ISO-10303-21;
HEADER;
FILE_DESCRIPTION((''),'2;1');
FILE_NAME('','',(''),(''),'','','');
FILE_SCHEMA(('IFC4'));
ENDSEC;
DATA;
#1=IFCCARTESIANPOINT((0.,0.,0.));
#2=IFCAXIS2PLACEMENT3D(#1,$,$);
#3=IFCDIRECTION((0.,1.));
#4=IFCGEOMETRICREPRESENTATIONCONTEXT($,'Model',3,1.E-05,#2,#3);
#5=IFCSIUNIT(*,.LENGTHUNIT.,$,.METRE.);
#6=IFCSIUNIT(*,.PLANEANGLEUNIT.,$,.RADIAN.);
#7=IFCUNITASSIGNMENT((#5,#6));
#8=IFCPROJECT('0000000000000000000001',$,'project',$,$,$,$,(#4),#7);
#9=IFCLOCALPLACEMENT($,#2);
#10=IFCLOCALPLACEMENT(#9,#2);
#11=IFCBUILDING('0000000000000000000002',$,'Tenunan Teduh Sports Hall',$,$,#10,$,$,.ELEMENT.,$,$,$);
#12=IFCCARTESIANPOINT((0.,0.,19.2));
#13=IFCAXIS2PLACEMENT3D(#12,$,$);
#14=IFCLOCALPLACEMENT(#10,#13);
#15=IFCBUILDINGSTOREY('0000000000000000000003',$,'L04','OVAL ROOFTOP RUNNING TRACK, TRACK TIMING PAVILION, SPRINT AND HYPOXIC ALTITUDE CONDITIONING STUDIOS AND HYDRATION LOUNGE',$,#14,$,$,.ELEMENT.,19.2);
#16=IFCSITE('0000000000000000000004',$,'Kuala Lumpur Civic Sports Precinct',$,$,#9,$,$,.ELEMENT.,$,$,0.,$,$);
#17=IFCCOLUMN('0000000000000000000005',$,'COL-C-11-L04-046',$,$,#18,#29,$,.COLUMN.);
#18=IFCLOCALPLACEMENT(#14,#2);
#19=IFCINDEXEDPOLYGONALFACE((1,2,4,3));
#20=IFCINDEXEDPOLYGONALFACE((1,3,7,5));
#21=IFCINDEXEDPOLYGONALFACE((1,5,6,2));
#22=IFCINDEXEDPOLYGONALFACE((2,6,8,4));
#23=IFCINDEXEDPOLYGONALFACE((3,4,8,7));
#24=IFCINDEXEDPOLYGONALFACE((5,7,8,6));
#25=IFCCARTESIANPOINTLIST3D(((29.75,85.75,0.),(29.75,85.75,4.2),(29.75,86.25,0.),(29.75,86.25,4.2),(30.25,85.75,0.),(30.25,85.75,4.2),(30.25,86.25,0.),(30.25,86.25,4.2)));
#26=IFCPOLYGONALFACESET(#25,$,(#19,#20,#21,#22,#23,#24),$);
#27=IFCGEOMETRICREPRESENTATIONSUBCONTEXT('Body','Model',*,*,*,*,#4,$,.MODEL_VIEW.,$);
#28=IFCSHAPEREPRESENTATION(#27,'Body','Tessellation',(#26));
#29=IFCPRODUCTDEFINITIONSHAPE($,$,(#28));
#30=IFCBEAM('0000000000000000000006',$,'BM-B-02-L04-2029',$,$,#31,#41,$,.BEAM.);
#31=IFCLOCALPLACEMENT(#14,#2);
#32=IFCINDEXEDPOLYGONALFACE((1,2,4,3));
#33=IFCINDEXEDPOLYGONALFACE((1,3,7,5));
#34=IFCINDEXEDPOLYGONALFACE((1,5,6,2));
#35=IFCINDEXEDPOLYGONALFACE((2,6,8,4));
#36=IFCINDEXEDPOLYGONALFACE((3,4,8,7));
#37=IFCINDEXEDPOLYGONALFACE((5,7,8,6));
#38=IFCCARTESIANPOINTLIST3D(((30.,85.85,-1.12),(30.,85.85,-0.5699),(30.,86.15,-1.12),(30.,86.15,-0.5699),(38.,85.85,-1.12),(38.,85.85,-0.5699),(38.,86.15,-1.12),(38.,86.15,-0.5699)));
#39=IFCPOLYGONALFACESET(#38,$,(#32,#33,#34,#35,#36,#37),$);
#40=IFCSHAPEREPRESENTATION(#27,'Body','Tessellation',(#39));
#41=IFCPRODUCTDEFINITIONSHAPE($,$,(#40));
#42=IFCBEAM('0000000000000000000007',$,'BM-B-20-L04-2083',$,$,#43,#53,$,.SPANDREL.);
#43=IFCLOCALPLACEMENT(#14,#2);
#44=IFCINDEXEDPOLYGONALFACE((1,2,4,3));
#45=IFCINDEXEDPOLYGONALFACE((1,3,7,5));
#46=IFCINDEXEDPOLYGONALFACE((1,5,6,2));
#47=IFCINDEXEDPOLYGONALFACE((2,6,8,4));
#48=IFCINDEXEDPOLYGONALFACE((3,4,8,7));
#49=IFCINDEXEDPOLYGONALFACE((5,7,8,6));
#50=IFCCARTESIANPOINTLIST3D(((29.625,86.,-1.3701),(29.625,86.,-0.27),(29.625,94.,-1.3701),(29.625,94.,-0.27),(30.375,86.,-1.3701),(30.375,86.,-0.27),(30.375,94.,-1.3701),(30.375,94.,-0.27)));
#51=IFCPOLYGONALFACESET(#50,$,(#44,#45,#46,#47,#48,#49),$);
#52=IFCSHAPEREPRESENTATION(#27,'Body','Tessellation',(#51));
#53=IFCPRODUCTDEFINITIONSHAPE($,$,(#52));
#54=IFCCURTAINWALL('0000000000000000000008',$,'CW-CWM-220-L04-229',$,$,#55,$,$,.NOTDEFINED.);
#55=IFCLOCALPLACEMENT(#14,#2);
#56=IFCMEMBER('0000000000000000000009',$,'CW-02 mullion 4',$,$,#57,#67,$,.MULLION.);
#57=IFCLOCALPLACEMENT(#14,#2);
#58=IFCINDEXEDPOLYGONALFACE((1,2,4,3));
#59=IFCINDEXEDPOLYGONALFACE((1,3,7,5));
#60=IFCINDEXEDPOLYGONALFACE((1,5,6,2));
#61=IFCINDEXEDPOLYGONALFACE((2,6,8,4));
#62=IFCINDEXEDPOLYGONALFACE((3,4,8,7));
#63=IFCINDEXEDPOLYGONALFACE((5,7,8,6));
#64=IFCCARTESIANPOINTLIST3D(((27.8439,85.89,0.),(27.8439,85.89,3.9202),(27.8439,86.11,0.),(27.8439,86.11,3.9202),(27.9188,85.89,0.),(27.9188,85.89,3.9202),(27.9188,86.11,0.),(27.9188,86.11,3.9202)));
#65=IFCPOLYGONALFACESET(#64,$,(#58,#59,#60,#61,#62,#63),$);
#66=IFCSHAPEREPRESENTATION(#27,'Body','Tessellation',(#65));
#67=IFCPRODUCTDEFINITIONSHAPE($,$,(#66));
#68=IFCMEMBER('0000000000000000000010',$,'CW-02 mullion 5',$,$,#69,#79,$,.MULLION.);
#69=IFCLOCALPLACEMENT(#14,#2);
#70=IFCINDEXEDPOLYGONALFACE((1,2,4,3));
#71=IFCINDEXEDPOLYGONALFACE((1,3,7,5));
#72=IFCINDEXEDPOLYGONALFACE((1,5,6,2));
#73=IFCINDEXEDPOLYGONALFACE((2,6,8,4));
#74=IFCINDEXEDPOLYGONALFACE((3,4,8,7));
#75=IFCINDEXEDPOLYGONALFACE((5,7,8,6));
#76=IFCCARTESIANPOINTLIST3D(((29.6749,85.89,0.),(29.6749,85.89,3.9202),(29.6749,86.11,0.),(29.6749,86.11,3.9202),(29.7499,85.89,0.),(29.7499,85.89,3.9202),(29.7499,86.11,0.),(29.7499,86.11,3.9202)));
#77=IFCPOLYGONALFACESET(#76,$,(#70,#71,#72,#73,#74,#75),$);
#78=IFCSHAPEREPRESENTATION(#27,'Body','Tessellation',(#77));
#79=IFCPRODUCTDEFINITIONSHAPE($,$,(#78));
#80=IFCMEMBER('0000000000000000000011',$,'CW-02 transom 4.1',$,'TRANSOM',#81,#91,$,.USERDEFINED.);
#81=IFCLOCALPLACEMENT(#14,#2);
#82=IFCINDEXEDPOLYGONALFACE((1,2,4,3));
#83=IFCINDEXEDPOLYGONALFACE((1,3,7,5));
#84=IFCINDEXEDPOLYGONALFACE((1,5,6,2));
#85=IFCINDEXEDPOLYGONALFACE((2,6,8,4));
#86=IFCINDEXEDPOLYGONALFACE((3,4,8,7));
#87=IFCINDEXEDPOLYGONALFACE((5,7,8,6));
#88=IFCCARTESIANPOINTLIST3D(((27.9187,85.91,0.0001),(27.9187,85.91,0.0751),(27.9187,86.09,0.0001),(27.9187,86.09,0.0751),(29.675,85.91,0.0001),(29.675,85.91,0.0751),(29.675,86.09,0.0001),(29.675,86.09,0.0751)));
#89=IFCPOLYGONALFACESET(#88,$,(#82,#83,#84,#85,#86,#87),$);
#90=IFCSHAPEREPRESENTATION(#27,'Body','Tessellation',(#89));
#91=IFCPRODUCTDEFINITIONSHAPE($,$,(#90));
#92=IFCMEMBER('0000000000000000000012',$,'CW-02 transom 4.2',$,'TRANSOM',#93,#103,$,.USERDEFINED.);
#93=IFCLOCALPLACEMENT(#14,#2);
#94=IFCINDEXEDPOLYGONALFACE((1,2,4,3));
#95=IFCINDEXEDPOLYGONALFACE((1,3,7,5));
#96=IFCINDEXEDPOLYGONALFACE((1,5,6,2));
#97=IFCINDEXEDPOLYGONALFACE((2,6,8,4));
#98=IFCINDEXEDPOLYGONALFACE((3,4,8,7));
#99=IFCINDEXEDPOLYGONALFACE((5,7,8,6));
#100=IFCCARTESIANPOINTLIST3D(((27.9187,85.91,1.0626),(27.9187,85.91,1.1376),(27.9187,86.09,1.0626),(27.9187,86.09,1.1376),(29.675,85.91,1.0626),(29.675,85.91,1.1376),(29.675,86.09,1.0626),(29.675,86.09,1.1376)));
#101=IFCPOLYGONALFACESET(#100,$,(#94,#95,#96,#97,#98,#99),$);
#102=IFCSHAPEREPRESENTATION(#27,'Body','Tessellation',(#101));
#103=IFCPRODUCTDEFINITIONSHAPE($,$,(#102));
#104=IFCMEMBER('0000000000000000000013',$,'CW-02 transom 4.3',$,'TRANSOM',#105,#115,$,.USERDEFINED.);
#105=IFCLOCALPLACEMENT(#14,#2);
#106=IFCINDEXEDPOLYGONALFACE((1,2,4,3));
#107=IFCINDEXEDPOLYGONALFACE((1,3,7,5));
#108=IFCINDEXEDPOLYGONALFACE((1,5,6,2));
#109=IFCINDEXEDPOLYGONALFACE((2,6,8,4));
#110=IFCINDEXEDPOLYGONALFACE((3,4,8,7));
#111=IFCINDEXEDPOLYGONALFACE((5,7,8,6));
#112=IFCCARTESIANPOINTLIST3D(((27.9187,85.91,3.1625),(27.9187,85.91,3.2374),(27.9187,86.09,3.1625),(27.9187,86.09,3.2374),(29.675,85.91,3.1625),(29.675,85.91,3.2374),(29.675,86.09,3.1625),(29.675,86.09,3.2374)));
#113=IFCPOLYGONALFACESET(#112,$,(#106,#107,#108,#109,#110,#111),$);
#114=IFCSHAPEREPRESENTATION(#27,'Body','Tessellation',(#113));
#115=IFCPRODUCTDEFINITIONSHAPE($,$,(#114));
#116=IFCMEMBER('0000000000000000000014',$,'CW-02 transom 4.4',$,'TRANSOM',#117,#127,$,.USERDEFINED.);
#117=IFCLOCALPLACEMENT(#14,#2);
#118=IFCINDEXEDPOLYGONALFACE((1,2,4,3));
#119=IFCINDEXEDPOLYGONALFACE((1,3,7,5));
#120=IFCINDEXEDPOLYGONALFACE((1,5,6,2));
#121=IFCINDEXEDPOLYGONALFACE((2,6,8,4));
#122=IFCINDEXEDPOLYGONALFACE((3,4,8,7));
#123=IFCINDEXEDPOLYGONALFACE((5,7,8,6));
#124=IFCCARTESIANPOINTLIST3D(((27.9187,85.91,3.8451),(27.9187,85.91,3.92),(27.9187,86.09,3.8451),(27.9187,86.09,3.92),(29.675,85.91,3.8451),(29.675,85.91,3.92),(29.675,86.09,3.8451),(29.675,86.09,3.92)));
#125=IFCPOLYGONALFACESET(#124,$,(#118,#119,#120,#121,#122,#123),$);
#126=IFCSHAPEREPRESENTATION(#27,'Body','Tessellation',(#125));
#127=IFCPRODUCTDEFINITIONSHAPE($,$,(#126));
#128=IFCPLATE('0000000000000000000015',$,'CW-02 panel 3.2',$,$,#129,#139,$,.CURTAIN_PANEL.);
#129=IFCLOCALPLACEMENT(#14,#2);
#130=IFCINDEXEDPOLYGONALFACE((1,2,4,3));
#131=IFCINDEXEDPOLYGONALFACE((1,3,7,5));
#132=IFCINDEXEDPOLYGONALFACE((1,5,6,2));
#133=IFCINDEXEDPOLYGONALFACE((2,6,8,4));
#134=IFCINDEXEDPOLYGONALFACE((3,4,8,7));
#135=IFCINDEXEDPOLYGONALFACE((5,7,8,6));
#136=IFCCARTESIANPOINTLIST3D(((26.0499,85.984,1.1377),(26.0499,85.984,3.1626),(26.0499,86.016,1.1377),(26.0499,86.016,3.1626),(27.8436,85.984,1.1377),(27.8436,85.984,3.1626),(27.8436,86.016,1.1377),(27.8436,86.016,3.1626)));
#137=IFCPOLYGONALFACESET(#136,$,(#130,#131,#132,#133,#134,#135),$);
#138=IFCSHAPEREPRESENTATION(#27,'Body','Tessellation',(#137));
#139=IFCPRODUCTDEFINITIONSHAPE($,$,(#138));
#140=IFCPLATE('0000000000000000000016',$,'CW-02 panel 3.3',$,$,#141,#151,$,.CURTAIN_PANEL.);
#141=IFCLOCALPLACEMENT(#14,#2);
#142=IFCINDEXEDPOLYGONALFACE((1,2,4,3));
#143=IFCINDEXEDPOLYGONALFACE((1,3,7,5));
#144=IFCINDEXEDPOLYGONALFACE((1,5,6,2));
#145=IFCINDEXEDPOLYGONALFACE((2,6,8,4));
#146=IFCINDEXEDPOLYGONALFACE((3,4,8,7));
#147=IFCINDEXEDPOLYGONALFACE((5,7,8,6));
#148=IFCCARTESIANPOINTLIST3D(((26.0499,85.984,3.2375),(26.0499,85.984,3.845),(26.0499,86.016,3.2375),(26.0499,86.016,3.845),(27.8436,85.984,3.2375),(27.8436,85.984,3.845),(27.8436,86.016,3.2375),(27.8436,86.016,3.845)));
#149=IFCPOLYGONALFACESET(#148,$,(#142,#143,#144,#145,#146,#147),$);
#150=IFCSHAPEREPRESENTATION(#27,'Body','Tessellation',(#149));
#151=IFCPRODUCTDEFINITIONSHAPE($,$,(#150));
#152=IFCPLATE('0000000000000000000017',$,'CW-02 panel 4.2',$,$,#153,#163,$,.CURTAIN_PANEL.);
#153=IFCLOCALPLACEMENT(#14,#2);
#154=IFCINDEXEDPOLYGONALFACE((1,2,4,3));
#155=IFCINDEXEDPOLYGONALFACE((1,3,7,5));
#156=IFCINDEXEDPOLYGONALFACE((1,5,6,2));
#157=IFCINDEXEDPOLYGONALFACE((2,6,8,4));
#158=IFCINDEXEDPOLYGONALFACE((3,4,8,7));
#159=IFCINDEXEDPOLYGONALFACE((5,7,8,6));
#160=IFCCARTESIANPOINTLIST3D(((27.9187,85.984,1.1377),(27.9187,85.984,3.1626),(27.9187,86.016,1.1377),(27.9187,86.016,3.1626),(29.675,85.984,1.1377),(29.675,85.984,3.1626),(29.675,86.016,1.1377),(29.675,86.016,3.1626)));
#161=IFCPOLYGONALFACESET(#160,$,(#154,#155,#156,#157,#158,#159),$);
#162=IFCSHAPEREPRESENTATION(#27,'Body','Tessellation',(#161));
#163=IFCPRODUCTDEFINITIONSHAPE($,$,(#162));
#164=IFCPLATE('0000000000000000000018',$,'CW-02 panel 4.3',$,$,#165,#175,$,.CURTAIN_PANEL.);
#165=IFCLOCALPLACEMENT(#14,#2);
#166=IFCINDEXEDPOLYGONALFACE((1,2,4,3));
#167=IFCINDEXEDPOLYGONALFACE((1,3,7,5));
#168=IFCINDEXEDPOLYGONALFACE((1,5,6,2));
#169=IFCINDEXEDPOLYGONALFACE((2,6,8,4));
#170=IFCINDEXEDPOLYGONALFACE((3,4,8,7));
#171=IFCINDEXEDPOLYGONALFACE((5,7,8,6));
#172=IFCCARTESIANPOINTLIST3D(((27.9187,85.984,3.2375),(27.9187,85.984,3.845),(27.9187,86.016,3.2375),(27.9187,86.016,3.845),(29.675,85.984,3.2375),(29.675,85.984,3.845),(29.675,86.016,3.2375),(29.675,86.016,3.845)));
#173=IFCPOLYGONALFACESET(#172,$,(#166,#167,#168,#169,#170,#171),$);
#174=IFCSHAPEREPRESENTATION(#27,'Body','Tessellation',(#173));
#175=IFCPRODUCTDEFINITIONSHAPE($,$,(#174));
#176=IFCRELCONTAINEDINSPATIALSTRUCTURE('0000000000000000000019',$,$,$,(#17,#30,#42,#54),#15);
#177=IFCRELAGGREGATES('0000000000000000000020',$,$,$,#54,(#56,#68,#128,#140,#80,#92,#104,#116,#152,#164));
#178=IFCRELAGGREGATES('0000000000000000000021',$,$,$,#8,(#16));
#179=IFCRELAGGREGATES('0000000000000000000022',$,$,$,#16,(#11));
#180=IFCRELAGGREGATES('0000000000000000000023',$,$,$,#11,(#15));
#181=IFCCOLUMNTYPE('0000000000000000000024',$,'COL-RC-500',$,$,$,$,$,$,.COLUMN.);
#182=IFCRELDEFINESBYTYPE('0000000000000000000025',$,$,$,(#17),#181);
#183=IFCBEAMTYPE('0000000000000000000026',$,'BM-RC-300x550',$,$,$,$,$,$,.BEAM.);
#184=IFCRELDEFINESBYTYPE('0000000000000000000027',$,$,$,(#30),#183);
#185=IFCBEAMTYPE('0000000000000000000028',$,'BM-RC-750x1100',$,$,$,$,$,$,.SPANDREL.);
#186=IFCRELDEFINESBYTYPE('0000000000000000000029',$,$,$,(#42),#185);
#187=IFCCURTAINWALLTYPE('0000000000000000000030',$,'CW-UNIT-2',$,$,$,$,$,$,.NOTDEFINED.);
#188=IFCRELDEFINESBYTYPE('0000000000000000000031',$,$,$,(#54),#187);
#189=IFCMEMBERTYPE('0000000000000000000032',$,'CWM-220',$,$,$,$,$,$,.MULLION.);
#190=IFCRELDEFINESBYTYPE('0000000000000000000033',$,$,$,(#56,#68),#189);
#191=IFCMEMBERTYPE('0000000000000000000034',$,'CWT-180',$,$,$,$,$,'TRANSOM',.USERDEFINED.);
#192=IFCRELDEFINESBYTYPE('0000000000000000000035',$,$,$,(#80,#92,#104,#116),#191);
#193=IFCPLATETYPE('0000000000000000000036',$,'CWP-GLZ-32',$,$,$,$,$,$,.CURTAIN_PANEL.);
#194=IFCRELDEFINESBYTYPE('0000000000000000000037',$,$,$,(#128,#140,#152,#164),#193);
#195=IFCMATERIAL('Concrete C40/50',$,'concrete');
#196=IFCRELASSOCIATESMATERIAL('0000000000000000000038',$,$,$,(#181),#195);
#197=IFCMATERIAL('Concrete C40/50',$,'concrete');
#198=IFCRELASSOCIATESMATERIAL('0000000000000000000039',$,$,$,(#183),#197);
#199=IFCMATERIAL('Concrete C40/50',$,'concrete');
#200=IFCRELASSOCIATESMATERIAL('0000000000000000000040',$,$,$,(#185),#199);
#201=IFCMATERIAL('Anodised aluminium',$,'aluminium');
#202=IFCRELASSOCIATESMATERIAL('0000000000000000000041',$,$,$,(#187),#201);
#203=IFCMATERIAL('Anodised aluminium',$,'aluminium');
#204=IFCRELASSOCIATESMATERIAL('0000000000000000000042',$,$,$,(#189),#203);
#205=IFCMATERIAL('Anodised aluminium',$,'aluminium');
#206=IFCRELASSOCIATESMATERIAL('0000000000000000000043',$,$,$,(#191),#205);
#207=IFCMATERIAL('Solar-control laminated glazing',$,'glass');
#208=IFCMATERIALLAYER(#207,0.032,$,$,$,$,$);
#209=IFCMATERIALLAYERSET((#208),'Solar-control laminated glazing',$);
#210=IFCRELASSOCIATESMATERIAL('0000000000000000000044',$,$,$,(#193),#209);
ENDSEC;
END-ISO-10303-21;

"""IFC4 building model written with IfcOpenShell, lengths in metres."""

from ifc_helpers import new_model, si_unit, direction, frame, origin, origin_2d, place, context, subcontext, project, spatial, rectangle, extrude, material, layer, layer_set, material_profile, profile_set, type_object, element, aggregate, save


model = new_model("IFC4")

# Units and contexts
model_context = context("Model", 3, precision=1e-05, world=origin(), true_north=direction((0.0, 1.0)))
body_context = subcontext(model_context, "Body", "Model", "MODEL_VIEW")
ifc_project = project(units=[si_unit("LENGTHUNIT", "METRE"), si_unit("PLANEANGLEUNIT", "RADIAN")], contexts=[model_context])

# Site, building, storey
site_placement = place(None, origin())
site = spatial("IfcSite", under=ifc_project, at=site_placement, Name="Kuala Lumpur Civic Sports Precinct", CompositionType="ELEMENT", RefElevation=0.0)
building_placement = place(site_placement, origin())
building = spatial("IfcBuilding", under=site, at=building_placement, Name="Tenunan Teduh Sports Hall", CompositionType="ELEMENT")
storey_placement = place(building_placement, frame((0.0, 0.0, 19.2)))
storey = spatial("IfcBuildingStorey", under=building, at=storey_placement, Name="L04", Description="OVAL ROOFTOP RUNNING TRACK, TRACK TIMING PAVILION, SPRINT AND HYPOXIC ALTITUDE CONDITIONING STUDIOS AND HYDRATION LOUNGE", CompositionType="ELEMENT", Elevation=19.2)

# Column
ifc_material_1 = material(Name="Concrete C40/50", Category="concrete")
ifc_material_profile_1 = material_profile(ifc_material_1, rectangle(XDim=0.5, YDim=0.5, at=origin_2d()), Name="RC 500x500")
ifc_profile_set_1 = profile_set([ifc_material_profile_1], Name="Concrete C40/50")
column_type = type_object("IfcColumnType", Name="COL-RC-500", PredefinedType="COLUMN", material=ifc_profile_set_1)
column_placement = place(storey_placement, frame((30.0, 86.0, 0.0), z_axis=(0.0, 0.0, 1.0), x_axis=(1.0, 0.0, 0.0)))
element("IfcColumn", 1, at=column_placement, inside=storey, type_object=column_type, Name="COL-C-11-L04-046", PredefinedType="COLUMN", context=body_context, shape_type="SweptSolid", body=[
    extrude(rectangle(XDim=0.5, YDim=0.5, at=origin_2d()), origin(), (0.0, 0.0, 1.0), 4.2),
])

# Beams
ifc_material_2 = material(Name="Concrete C40/50", Category="concrete")
ifc_material_profile_2 = material_profile(ifc_material_2, rectangle(XDim=0.3, YDim=0.55, at=origin_2d()), Name="RCB 300x550")
ifc_profile_set_2 = profile_set([ifc_material_profile_2], Name="Concrete C40/50")
beam_type_1 = type_object("IfcBeamType", Name="BM-RC-300x550", PredefinedType="BEAM", material=ifc_profile_set_2)
beam_1_placement = place(storey_placement, frame((30.0, 86.0, -0.845), z_axis=(1.0, 0.0, 0.0), x_axis=(0.0, 1.0, 0.0)))
element("IfcBeam", 2, at=beam_1_placement, inside=storey, type_object=beam_type_1, Name="BM-B-02-L04-2029", PredefinedType="BEAM", context=body_context, shape_type="SweptSolid", body=[
    extrude(rectangle(XDim=0.3, YDim=0.55, at=origin_2d()), origin(), (0.0, 0.0, 1.0), 8.0),
])
ifc_material_3 = material(Name="Concrete C40/50", Category="concrete")
ifc_material_profile_3 = material_profile(ifc_material_3, rectangle(XDim=0.75, YDim=1.1001, at=origin_2d()), Name="RCB 750x1100")
ifc_profile_set_3 = profile_set([ifc_material_profile_3], Name="Concrete C40/50")
beam_type_2 = type_object("IfcBeamType", Name="BM-RC-750x1100", PredefinedType="SPANDREL", material=ifc_profile_set_3)
beam_2_placement = place(storey_placement, frame((30.0, 86.0, -0.8201), z_axis=(0.0, 1.0, 0.0), x_axis=(-1.0, 0.0, 0.0)))
element("IfcBeam", 3, at=beam_2_placement, inside=storey, type_object=beam_type_2, Name="BM-B-20-L04-2083", PredefinedType="SPANDREL", context=body_context, shape_type="SweptSolid", body=[
    extrude(rectangle(XDim=0.75, YDim=1.1001, at=origin_2d()), origin(), (0.0, 0.0, 1.0), 8.0),
])

# Curtain wall, members, plates
ifc_material_4 = material(Name="Anodised aluminium", Category="aluminium")
curtain_wall_type = type_object("IfcCurtainWallType", Name="CW-UNIT-2", PredefinedType="NOTDEFINED", material=ifc_material_4)
curtain_wall_placement = place(storey_placement, origin())
curtain_wall = element("IfcCurtainWall", 4, at=curtain_wall_placement, inside=storey, type_object=curtain_wall_type, Name="CW-CWM-220-L04-229", PredefinedType="NOTDEFINED")
ifc_material_5 = material(Name="Anodised aluminium", Category="aluminium")
ifc_material_profile_4 = material_profile(ifc_material_5, rectangle(XDim=0.075, YDim=0.22, at=origin_2d()), Name="CWM 75x220")
ifc_profile_set_4 = profile_set([ifc_material_profile_4], Name="Anodised aluminium")
member_type_1 = type_object("IfcMemberType", Name="CWM-220", PredefinedType="MULLION", material=ifc_profile_set_4)
member_1_placement = place(storey_placement, frame((27.8813, 86.0, 0.0), z_axis=(0.0, 0.0, 1.0), x_axis=(1.0, 0.0, 0.0)))
member_1 = element("IfcMember", 5, at=member_1_placement, type_object=member_type_1, Name="CW-02 mullion 4", PredefinedType="MULLION", context=body_context, shape_type="SweptSolid", body=[
    extrude(rectangle(XDim=0.075, YDim=0.22, at=origin_2d()), origin(), (0.0, 0.0, 1.0), 3.9202),
])
member_2_placement = place(storey_placement, frame((29.7124, 86.0, 0.0), z_axis=(0.0, 0.0, 1.0), x_axis=(1.0, 0.0, 0.0)))
member_2 = element("IfcMember", 6, at=member_2_placement, type_object=member_type_1, Name="CW-02 mullion 5", PredefinedType="MULLION", context=body_context, shape_type="SweptSolid", body=[
    extrude(rectangle(XDim=0.075, YDim=0.22, at=origin_2d()), origin(), (0.0, 0.0, 1.0), 3.9202),
])
ifc_material_6 = material(Name="Anodised aluminium", Category="aluminium")
ifc_material_profile_5 = material_profile(ifc_material_6, rectangle(XDim=0.075, YDim=0.1799, at=origin_2d()), Name="CWT 75x180")
ifc_profile_set_5 = profile_set([ifc_material_profile_5], Name="Anodised aluminium")
member_type_2 = type_object("IfcMemberType", Name="CWT-180", ElementType="TRANSOM", PredefinedType="USERDEFINED", material=ifc_profile_set_5)
member_3_placement = place(storey_placement, frame((27.9187, 86.0, 0.0376), z_axis=(1.0, 0.0, 0.0), x_axis=(0.0, 0.0, 1.0)))
member_3 = element("IfcMember", 7, at=member_3_placement, type_object=member_type_2, Name="CW-02 transom 4.1", ObjectType="TRANSOM", PredefinedType="USERDEFINED", context=body_context, shape_type="SweptSolid", body=[
    extrude(rectangle(XDim=0.075, YDim=0.1799, at=origin_2d()), origin(), (0.0, 0.0, 1.0), 1.7563),
])
member_4_placement = place(storey_placement, frame((27.9187, 86.0, 1.1001), z_axis=(1.0, 0.0, 0.0), x_axis=(0.0, 0.0, 1.0)))
member_4 = element("IfcMember", 8, at=member_4_placement, type_object=member_type_2, Name="CW-02 transom 4.2", ObjectType="TRANSOM", PredefinedType="USERDEFINED", context=body_context, shape_type="SweptSolid", body=[
    extrude(rectangle(XDim=0.075, YDim=0.1799, at=origin_2d()), origin(), (0.0, 0.0, 1.0), 1.7563),
])
member_5_placement = place(storey_placement, frame((27.9187, 86.0, 3.2), z_axis=(1.0, 0.0, 0.0), x_axis=(0.0, 0.0, 1.0)))
member_5 = element("IfcMember", 9, at=member_5_placement, type_object=member_type_2, Name="CW-02 transom 4.3", ObjectType="TRANSOM", PredefinedType="USERDEFINED", context=body_context, shape_type="SweptSolid", body=[
    extrude(rectangle(XDim=0.075, YDim=0.1799, at=origin_2d()), origin(), (0.0, 0.0, 1.0), 1.7563),
])
member_6_placement = place(storey_placement, frame((27.9187, 86.0, 3.8826), z_axis=(1.0, 0.0, 0.0), x_axis=(0.0, 0.0, 1.0)))
member_6 = element("IfcMember", 10, at=member_6_placement, type_object=member_type_2, Name="CW-02 transom 4.4", ObjectType="TRANSOM", PredefinedType="USERDEFINED", context=body_context, shape_type="SweptSolid", body=[
    extrude(rectangle(XDim=0.075, YDim=0.1799, at=origin_2d()), origin(), (0.0, 0.0, 1.0), 1.7563),
])
ifc_material_7 = material(Name="Solar-control laminated glazing", Category="glass")
ifc_layer_1 = layer(ifc_material_7, 0.032)
ifc_layer_set_1 = layer_set([ifc_layer_1], Name="Solar-control laminated glazing")
plate_type_1 = type_object("IfcPlateType", Name="CWP-GLZ-32", PredefinedType="CURTAIN_PANEL", material=ifc_layer_set_1)
plate_1_placement = place(storey_placement, frame((26.9468, 86.0, 1.1377), z_axis=(0.0, 0.0, 1.0), x_axis=(1.0, 0.0, 0.0)))
plate_1 = element("IfcPlate", 11, at=plate_1_placement, type_object=plate_type_1, Name="CW-02 panel 3.2", PredefinedType="CURTAIN_PANEL", context=body_context, shape_type="SweptSolid", body=[
    extrude(rectangle(XDim=1.7937, YDim=0.032, at=origin_2d()), origin(), (0.0, 0.0, 1.0), 2.0249),
])
plate_2_placement = place(storey_placement, frame((26.9468, 86.0, 3.2375), z_axis=(0.0, 0.0, 1.0), x_axis=(1.0, 0.0, 0.0)))
plate_2 = element("IfcPlate", 12, at=plate_2_placement, type_object=plate_type_1, Name="CW-02 panel 3.3", PredefinedType="CURTAIN_PANEL", context=body_context, shape_type="SweptSolid", body=[
    extrude(rectangle(XDim=1.7937, YDim=0.032, at=origin_2d()), origin(), (0.0, 0.0, 1.0), 0.6074),
])
plate_3_placement = place(storey_placement, frame((28.7969, 86.0, 1.1377), z_axis=(0.0, 0.0, 1.0), x_axis=(1.0, 0.0, 0.0)))
plate_3 = element("IfcPlate", 13, at=plate_3_placement, type_object=plate_type_1, Name="CW-02 panel 4.2", PredefinedType="CURTAIN_PANEL", context=body_context, shape_type="SweptSolid", body=[
    extrude(rectangle(XDim=1.7563, YDim=0.032, at=origin_2d()), origin(), (0.0, 0.0, 1.0), 2.0249),
])
plate_4_placement = place(storey_placement, frame((28.7969, 86.0, 3.2375), z_axis=(0.0, 0.0, 1.0), x_axis=(1.0, 0.0, 0.0)))
plate_4 = element("IfcPlate", 14, at=plate_4_placement, type_object=plate_type_1, Name="CW-02 panel 4.3", PredefinedType="CURTAIN_PANEL", context=body_context, shape_type="SweptSolid", body=[
    extrude(rectangle(XDim=1.7563, YDim=0.032, at=origin_2d()), origin(), (0.0, 0.0, 1.0), 0.6074),
])
aggregate(curtain_wall, [member_1, member_2, plate_1, plate_2, member_3, member_4, member_5, member_6, plate_3, plate_4])

save(model, "model.ifc")
